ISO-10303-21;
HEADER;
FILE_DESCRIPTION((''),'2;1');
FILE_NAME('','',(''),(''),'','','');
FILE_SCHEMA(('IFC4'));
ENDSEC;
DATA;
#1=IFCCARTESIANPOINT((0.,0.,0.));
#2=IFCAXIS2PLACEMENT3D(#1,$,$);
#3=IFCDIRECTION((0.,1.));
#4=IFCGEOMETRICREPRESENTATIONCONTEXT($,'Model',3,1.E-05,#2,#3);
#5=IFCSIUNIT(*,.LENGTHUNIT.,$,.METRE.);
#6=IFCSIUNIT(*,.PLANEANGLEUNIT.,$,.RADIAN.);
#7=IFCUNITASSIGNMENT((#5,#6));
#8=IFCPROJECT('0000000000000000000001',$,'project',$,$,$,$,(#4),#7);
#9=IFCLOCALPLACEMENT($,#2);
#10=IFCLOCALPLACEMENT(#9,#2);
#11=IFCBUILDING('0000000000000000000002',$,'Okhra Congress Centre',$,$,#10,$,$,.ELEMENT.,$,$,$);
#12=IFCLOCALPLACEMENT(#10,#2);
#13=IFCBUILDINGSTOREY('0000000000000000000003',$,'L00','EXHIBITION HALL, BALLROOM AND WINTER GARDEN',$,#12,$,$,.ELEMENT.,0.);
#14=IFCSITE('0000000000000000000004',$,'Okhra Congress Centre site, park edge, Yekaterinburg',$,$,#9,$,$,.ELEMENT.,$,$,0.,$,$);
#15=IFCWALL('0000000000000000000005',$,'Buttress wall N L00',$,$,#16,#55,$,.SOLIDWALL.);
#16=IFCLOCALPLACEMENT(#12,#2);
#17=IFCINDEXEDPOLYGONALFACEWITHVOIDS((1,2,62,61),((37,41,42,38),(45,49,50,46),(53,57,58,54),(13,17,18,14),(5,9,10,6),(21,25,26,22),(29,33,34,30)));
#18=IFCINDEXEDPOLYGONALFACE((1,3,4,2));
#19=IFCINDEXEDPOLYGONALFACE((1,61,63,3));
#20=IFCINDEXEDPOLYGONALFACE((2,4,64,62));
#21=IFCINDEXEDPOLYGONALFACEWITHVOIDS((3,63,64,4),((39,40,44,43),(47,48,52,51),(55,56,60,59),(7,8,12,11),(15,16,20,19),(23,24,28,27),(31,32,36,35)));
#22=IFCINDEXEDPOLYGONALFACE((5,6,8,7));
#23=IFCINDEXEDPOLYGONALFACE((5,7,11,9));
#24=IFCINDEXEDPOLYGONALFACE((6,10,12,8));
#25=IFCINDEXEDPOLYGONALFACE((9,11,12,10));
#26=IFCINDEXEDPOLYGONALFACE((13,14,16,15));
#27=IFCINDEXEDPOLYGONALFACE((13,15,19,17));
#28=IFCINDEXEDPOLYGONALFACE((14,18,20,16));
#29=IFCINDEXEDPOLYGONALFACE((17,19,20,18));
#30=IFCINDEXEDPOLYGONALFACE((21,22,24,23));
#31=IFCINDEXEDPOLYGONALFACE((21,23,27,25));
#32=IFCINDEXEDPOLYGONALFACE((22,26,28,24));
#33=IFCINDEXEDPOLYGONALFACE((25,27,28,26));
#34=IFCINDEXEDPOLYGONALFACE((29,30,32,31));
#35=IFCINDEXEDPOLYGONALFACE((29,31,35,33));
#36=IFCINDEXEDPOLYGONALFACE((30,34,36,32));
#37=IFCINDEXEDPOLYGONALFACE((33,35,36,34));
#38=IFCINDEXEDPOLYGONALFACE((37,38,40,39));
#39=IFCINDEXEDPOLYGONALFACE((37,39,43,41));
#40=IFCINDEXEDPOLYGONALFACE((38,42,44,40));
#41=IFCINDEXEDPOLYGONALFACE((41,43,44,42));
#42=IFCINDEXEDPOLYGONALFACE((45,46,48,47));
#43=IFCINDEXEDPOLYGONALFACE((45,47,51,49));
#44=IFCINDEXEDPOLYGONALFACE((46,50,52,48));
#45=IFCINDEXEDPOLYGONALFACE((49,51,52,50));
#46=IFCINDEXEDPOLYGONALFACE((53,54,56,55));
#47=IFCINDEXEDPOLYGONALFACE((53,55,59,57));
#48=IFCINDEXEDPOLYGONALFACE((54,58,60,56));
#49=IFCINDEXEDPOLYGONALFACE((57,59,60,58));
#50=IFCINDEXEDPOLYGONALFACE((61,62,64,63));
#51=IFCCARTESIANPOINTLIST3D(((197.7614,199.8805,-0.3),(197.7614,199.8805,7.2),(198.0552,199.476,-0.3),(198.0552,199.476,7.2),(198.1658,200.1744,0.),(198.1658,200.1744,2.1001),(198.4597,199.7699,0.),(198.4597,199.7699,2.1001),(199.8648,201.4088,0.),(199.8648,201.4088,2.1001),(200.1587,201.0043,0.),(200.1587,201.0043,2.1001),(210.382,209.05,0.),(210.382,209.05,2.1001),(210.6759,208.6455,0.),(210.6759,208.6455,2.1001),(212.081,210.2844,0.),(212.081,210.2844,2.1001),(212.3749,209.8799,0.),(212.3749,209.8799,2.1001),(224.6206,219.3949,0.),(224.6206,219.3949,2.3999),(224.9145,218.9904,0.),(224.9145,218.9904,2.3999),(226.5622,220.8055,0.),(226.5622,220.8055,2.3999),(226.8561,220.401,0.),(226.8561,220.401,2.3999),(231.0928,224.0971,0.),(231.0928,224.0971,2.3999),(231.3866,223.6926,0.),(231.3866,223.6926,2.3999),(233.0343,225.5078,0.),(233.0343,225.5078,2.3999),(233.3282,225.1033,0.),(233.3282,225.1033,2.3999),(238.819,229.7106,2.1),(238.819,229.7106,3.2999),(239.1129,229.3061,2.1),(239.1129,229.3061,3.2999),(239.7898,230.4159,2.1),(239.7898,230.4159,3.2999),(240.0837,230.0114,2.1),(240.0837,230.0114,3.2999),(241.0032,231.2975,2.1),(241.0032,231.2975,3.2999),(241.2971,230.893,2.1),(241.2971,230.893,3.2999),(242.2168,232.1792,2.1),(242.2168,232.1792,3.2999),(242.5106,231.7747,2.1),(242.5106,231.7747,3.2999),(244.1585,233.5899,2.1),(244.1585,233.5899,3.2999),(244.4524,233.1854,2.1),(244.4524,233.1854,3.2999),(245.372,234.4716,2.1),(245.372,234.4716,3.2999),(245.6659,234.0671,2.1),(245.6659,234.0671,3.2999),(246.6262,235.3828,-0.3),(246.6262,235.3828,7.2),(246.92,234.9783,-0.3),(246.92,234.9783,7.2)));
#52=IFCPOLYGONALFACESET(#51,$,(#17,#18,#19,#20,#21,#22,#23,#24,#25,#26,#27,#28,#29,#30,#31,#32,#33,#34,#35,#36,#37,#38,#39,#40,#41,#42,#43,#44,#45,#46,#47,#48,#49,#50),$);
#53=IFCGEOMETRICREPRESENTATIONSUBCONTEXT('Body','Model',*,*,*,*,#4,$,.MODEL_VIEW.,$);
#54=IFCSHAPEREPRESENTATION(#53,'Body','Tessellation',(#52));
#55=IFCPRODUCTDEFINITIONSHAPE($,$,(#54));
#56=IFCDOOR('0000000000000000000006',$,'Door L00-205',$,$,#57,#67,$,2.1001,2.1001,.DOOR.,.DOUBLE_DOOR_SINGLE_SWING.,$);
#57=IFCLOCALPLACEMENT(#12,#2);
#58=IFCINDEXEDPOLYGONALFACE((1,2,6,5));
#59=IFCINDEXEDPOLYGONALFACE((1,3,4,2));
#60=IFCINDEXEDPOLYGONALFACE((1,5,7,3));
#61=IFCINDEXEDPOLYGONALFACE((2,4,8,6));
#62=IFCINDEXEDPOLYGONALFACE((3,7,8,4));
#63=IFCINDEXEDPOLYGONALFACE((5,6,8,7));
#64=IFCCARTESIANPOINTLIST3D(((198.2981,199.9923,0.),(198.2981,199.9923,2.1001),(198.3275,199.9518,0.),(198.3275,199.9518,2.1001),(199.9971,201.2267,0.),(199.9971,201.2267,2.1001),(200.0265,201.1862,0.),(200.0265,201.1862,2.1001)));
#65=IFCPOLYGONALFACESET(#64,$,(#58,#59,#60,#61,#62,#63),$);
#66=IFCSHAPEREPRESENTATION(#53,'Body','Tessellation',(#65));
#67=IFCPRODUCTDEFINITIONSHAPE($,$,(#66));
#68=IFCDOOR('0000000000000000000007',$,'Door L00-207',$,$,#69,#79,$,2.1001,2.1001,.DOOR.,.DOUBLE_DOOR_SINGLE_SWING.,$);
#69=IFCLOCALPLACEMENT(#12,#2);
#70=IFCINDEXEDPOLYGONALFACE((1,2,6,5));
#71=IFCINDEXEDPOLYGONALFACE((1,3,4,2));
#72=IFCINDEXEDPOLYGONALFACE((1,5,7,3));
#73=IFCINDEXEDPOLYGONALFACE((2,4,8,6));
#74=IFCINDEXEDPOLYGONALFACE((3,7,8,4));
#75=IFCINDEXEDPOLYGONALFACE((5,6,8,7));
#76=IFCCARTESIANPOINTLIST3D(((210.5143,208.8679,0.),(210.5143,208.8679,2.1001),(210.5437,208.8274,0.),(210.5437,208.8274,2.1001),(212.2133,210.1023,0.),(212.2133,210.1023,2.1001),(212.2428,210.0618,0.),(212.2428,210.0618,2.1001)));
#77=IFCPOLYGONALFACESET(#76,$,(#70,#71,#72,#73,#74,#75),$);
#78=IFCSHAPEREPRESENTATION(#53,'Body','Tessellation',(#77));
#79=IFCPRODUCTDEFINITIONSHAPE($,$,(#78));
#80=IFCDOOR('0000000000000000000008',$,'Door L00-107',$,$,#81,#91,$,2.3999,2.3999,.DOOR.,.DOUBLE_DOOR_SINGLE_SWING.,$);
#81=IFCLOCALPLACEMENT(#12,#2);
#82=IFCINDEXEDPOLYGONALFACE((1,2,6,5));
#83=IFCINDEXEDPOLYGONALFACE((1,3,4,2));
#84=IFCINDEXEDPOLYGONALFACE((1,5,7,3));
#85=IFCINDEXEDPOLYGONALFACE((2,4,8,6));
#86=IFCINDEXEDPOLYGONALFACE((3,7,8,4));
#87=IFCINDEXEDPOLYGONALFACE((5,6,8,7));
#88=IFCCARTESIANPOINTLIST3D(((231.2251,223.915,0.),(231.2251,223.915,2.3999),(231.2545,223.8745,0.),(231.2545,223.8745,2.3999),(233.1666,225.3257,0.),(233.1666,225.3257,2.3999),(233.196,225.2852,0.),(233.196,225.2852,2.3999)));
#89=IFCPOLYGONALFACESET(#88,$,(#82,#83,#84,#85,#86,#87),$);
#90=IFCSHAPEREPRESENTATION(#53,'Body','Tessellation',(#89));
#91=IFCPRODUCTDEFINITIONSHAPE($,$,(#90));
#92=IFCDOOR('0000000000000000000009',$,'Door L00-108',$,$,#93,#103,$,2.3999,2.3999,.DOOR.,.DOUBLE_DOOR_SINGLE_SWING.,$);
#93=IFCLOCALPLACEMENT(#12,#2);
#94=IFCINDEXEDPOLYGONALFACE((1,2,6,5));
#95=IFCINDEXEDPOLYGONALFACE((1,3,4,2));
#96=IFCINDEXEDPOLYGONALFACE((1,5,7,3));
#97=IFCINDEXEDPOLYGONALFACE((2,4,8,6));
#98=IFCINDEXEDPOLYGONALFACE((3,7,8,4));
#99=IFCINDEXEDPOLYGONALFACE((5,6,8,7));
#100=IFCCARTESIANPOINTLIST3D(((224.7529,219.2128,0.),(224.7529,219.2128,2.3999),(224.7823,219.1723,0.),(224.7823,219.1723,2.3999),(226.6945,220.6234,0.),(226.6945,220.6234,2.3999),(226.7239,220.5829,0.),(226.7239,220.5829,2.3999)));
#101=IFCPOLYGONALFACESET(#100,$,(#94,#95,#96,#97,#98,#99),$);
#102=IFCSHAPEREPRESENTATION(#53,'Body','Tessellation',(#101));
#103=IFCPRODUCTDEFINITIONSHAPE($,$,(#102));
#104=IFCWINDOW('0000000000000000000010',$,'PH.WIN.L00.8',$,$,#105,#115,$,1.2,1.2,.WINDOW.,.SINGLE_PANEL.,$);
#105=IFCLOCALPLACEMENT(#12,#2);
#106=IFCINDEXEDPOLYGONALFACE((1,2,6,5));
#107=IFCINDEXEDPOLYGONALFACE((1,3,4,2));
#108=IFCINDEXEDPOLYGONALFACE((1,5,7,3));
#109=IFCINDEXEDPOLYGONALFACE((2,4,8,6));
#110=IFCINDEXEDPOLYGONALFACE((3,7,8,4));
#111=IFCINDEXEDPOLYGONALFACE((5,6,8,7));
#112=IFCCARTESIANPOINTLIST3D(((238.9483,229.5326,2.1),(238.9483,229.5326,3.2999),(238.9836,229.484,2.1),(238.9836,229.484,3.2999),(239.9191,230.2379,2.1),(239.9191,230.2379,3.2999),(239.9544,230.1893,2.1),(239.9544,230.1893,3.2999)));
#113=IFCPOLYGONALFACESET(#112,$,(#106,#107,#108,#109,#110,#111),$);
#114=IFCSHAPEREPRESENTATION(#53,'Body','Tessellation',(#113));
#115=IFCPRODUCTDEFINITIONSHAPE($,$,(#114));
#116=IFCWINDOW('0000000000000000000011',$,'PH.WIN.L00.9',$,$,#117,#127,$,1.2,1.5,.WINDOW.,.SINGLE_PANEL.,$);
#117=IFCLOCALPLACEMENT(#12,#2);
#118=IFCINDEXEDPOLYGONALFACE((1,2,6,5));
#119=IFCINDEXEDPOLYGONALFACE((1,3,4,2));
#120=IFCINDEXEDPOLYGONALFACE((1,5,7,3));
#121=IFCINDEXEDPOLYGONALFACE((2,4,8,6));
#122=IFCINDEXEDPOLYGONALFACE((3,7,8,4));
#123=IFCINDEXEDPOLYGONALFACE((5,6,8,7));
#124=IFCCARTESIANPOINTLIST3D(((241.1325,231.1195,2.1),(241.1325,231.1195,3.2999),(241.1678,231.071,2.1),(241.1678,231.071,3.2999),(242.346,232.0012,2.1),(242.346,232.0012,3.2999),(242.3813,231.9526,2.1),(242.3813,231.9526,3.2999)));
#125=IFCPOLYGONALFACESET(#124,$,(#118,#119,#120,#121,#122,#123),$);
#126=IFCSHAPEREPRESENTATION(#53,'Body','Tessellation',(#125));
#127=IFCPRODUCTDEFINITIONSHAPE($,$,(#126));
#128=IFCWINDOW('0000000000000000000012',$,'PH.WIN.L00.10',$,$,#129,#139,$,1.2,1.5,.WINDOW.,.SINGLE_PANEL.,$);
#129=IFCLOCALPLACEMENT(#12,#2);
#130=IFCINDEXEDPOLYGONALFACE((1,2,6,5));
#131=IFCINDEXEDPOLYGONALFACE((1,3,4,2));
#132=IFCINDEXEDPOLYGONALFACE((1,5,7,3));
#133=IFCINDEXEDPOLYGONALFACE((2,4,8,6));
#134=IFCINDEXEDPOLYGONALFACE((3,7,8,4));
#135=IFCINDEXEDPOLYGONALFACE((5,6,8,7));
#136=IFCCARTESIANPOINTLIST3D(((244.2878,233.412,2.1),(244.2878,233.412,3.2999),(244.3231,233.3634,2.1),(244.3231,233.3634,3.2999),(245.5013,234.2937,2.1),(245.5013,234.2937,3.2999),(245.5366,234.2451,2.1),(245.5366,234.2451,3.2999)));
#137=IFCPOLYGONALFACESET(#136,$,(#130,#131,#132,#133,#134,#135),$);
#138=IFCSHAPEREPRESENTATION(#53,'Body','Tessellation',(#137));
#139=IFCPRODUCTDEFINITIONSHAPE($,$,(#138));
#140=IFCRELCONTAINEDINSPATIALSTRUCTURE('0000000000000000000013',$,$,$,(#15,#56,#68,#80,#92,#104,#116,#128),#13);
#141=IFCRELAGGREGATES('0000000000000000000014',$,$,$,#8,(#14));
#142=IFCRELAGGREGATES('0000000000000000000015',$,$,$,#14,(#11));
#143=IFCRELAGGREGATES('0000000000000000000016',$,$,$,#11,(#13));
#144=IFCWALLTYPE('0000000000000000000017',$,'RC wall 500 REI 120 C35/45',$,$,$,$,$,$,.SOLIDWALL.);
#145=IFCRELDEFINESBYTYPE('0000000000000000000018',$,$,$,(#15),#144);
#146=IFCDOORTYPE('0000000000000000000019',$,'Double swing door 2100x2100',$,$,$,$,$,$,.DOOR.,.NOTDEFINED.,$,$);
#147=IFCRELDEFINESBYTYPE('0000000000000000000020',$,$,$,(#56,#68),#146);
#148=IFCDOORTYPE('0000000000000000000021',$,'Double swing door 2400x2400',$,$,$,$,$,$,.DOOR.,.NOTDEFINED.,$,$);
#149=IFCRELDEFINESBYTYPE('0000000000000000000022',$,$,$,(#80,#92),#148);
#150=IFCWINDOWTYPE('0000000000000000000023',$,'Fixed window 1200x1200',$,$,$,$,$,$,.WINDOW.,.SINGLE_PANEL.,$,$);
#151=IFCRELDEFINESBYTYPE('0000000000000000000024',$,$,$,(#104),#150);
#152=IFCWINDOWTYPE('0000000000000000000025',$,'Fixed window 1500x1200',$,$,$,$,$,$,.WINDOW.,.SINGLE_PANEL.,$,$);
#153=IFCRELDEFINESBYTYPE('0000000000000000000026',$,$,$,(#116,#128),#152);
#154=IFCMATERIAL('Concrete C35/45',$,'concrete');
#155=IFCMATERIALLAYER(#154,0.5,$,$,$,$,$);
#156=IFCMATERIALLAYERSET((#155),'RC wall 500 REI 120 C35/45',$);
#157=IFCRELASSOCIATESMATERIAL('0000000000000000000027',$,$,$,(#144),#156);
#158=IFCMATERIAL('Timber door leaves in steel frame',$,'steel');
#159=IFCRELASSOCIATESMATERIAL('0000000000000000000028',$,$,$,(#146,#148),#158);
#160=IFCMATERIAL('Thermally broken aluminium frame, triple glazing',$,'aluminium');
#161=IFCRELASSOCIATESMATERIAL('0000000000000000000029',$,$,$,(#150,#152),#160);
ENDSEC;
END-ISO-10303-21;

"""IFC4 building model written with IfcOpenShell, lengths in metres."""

from ifc_helpers import new_model, si_unit, direction, frame, frame_2d, origin, place, context, subcontext, project, spatial, rectangle, extrude, material, layer, layer_set, type_object, element, fill, save


model = new_model("IFC4")

# Units and contexts
model_context = context("Model", 3, precision=1e-05, world=origin(), true_north=direction((0.0, 1.0)))
body_context = subcontext(model_context, "Body", "Model", "MODEL_VIEW")
ifc_project = project(units=[si_unit("LENGTHUNIT", "METRE"), si_unit("PLANEANGLEUNIT", "RADIAN")], contexts=[model_context])

# Site, building, storey
site_placement = place(None, origin())
site = spatial("IfcSite", under=ifc_project, at=site_placement, Name="Okhra Congress Centre site, park edge, Yekaterinburg", CompositionType="ELEMENT", RefElevation=0.0)
building_placement = place(site_placement, origin())
building = spatial("IfcBuilding", under=site, at=building_placement, Name="Okhra Congress Centre", CompositionType="ELEMENT")
storey_placement = place(building_placement, origin())
storey = spatial("IfcBuildingStorey", under=building, at=storey_placement, Name="L00", Description="EXHIBITION HALL, BALLROOM AND WINTER GARDEN", CompositionType="ELEMENT", Elevation=0.0)

# Shared definitions
ifc_material_1 = material(Name="Concrete C35/45", Category="concrete")

# Wall, openings, doors, windows
ifc_layer = layer(ifc_material_1, 0.5)
ifc_layer_set = layer_set([ifc_layer], Name="RC wall 500 REI 120 C35/45")
wall_type = type_object("IfcWallType", Name="RC wall 500 REI 120 C35/45", PredefinedType="SOLIDWALL", material=ifc_layer_set)
wall_placement = place(storey_placement, frame((197.9082, 199.6782, -0.3), z_axis=(0.0, 0.0, 1.0), x_axis=(0.809018, 0.587784, 0.0)))
wall = element("IfcWall", 1, at=wall_placement, inside=storey, type_object=wall_type, Name="Buttress wall N L00", PredefinedType="SOLIDWALL", context=body_context, shape_type="SweptSolid", body=[
    extrude(rectangle(XDim=60.4001, YDim=0.5, at=frame_2d((30.2002, 0.0))), origin(), (0.0, 0.0, 1.0), 7.5),
])
opening_1_placement = place(wall_placement, frame((41.2, 0.0, 0.3)))
opening_1 = element("IfcOpeningElement", 2, at=opening_1_placement, cuts=wall, PredefinedType="OPENING", context=body_context, shape_type="SweptSolid", body=[
    extrude(rectangle(XDim=2.3999, YDim=2.3999, at=frame_2d((1.2, 1.2))), frame((0.0, 0.26, 0.0), z_axis=(0.0, -1.0, 0.0), x_axis=(1.0, 0.0, 0.0)), (0.0, 0.0, 1.0), 0.52),
])
opening_2_placement = place(wall_placement, frame((33.2, 0.0, 0.3)))
opening_2 = element("IfcOpeningElement", 3, at=opening_2_placement, cuts=wall, PredefinedType="OPENING", context=body_context, shape_type="SweptSolid", body=[
    extrude(rectangle(XDim=2.3999, YDim=2.3999, at=frame_2d((1.2, 1.2))), frame((0.0, 0.26, 0.0), z_axis=(0.0, -1.0, 0.0), x_axis=(1.0, 0.0, 0.0)), (0.0, 0.0, 1.0), 0.52),
])
opening_3_placement = place(wall_placement, frame((0.5, 0.0, 0.3)))
opening_3 = element("IfcOpeningElement", 4, at=opening_3_placement, cuts=wall, PredefinedType="OPENING", context=body_context, shape_type="SweptSolid", body=[
    extrude(rectangle(XDim=2.1001, YDim=2.1001, at=frame_2d((1.05, 1.05))), frame((0.0, 0.26, 0.0), z_axis=(0.0, -1.0, 0.0), x_axis=(1.0, 0.0, 0.0)), (0.0, 0.0, 1.0), 0.52),
])
opening_4_placement = place(wall_placement, frame((15.6001, 0.0, 0.3)))
opening_4 = element("IfcOpeningElement", 5, at=opening_4_placement, cuts=wall, PredefinedType="OPENING", context=body_context, shape_type="SweptSolid", body=[
    extrude(rectangle(XDim=2.1001, YDim=2.1001, at=frame_2d((1.05, 1.05))), frame((0.0, 0.26, 0.0), z_axis=(0.0, -1.0, 0.0), x_axis=(1.0, 0.0, 0.0)), (0.0, 0.0, 1.0), 0.52),
])
opening_5_placement = place(wall_placement, frame((50.75, 0.0, 2.3999)))
opening_5 = element("IfcOpeningElement", 6, at=opening_5_placement, cuts=wall, PredefinedType="OPENING", context=body_context, shape_type="SweptSolid", body=[
    extrude(rectangle(XDim=1.2, YDim=1.2, at=frame_2d((0.6001, 0.6001))), frame((0.0, 0.26, 0.0), z_axis=(0.0, -1.0, 0.0), x_axis=(1.0, 0.0, 0.0)), (0.0, 0.0, 1.0), 0.52),
])
opening_6_placement = place(wall_placement, frame((53.45, 0.0, 2.3999)))
opening_6 = element("IfcOpeningElement", 7, at=opening_6_placement, cuts=wall, PredefinedType="OPENING", context=body_context, shape_type="SweptSolid", body=[
    extrude(rectangle(XDim=1.5, YDim=1.2, at=frame_2d((0.75, 0.6001))), frame((0.0, 0.26, 0.0), z_axis=(0.0, -1.0, 0.0), x_axis=(1.0, 0.0, 0.0)), (0.0, 0.0, 1.0), 0.52),
])
opening_7_placement = place(wall_placement, frame((57.3501, 0.0, 2.3999)))
opening_7 = element("IfcOpeningElement", 8, at=opening_7_placement, cuts=wall, PredefinedType="OPENING", context=body_context, shape_type="SweptSolid", body=[
    extrude(rectangle(XDim=1.5, YDim=1.2, at=frame_2d((0.75, 0.6001))), frame((0.0, 0.26, 0.0), z_axis=(0.0, -1.0, 0.0), x_axis=(1.0, 0.0, 0.0)), (0.0, 0.0, 1.0), 0.52),
])
ifc_material_2 = material(Name="Timber door leaves in steel frame", Category="steel")
door_type_1 = type_object("IfcDoorType", Name="Double swing door 2100x2100", OperationType="NOTDEFINED", PredefinedType="DOOR", material=ifc_material_2)
door_1_placement = place(opening_3_placement, origin())
door_1 = element("IfcDoor", 9, at=door_1_placement, inside=storey, type_object=door_type_1, Name="Door L00-205", OperationType="DOUBLE_DOOR_SINGLE_SWING", OverallHeight=2.1001, OverallWidth=2.1001, PredefinedType="DOOR", context=body_context, shape_type="SweptSolid", body=[
    extrude(rectangle(XDim=2.1001, YDim=2.1001, at=frame_2d((1.05, 1.05))), frame((0.0, 0.0249, 0.0), z_axis=(0.0, -1.0, 0.0), x_axis=(1.0, 0.0, 0.0)), (0.0, 0.0, 1.0), 0.05),
])
fill(opening_3, door_1)
door_2_placement = place(opening_4_placement, origin())
door_2 = element("IfcDoor", 10, at=door_2_placement, inside=storey, type_object=door_type_1, Name="Door L00-207", OperationType="DOUBLE_DOOR_SINGLE_SWING", OverallHeight=2.1001, OverallWidth=2.1001, PredefinedType="DOOR", context=body_context, shape_type="SweptSolid", body=[
    extrude(rectangle(XDim=2.1001, YDim=2.1001, at=frame_2d((1.05, 1.05))), frame((0.0, 0.0249, 0.0), z_axis=(0.0, -1.0, 0.0), x_axis=(1.0, 0.0, 0.0)), (0.0, 0.0, 1.0), 0.05),
])
fill(opening_4, door_2)
door_type_2 = type_object("IfcDoorType", Name="Double swing door 2400x2400", OperationType="NOTDEFINED", PredefinedType="DOOR", material=ifc_material_2)
door_3_placement = place(opening_1_placement, origin())
door_3 = element("IfcDoor", 11, at=door_3_placement, inside=storey, type_object=door_type_2, Name="Door L00-107", OperationType="DOUBLE_DOOR_SINGLE_SWING", OverallHeight=2.3999, OverallWidth=2.3999, PredefinedType="DOOR", context=body_context, shape_type="SweptSolid", body=[
    extrude(rectangle(XDim=2.3999, YDim=2.3999, at=frame_2d((1.2, 1.2))), frame((0.0, 0.0249, 0.0), z_axis=(0.0, -1.0, 0.0), x_axis=(1.0, 0.0, 0.0)), (0.0, 0.0, 1.0), 0.05),
])
fill(opening_1, door_3)
door_4_placement = place(opening_2_placement, origin())
door_4 = element("IfcDoor", 12, at=door_4_placement, inside=storey, type_object=door_type_2, Name="Door L00-108", OperationType="DOUBLE_DOOR_SINGLE_SWING", OverallHeight=2.3999, OverallWidth=2.3999, PredefinedType="DOOR", context=body_context, shape_type="SweptSolid", body=[
    extrude(rectangle(XDim=2.3999, YDim=2.3999, at=frame_2d((1.2, 1.2))), frame((0.0, 0.0249, 0.0), z_axis=(0.0, -1.0, 0.0), x_axis=(1.0, 0.0, 0.0)), (0.0, 0.0, 1.0), 0.05),
])
fill(opening_2, door_4)
ifc_material_3 = material(Name="Thermally broken aluminium frame, triple glazing", Category="aluminium")
window_type_1 = type_object("IfcWindowType", Name="Fixed window 1200x1200", PartitioningType="SINGLE_PANEL", PredefinedType="WINDOW", material=ifc_material_3)
window_1_placement = place(opening_5_placement, origin())
window_1 = element("IfcWindow", 13, at=window_1_placement, inside=storey, type_object=window_type_1, Name="PH.WIN.L00.8", OverallHeight=1.2, OverallWidth=1.2, PartitioningType="SINGLE_PANEL", PredefinedType="WINDOW", context=body_context, shape_type="SweptSolid", body=[
    extrude(rectangle(XDim=1.2, YDim=1.2, at=frame_2d((0.6001, 0.6001))), frame((0.0, 0.03, 0.0), z_axis=(0.0, -1.0, 0.0), x_axis=(1.0, 0.0, 0.0)), (0.0, 0.0, 1.0), 0.0601),
])
fill(opening_5, window_1)
window_type_2 = type_object("IfcWindowType", Name="Fixed window 1500x1200", PartitioningType="SINGLE_PANEL", PredefinedType="WINDOW", material=ifc_material_3)
window_2_placement = place(opening_6_placement, origin())
window_2 = element("IfcWindow", 14, at=window_2_placement, inside=storey, type_object=window_type_2, Name="PH.WIN.L00.9", OverallHeight=1.2, OverallWidth=1.5, PartitioningType="SINGLE_PANEL", PredefinedType="WINDOW", context=body_context, shape_type="SweptSolid", body=[
    extrude(rectangle(XDim=1.5, YDim=1.2, at=frame_2d((0.75, 0.6001))), frame((0.0, 0.03, 0.0), z_axis=(0.0, -1.0, 0.0), x_axis=(1.0, 0.0, 0.0)), (0.0, 0.0, 1.0), 0.0601),
])
fill(opening_6, window_2)
window_3_placement = place(opening_7_placement, origin())
window_3 = element("IfcWindow", 15, at=window_3_placement, inside=storey, type_object=window_type_2, Name="PH.WIN.L00.10", OverallHeight=1.2, OverallWidth=1.5, PartitioningType="SINGLE_PANEL", PredefinedType="WINDOW", context=body_context, shape_type="SweptSolid", body=[
    extrude(rectangle(XDim=1.5, YDim=1.2, at=frame_2d((0.75, 0.6001))), frame((0.0, 0.03, 0.0), z_axis=(0.0, -1.0, 0.0), x_axis=(1.0, 0.0, 0.0)), (0.0, 0.0, 1.0), 0.0601),
])
fill(opening_7, window_3)

save(model, "model.ifc")
